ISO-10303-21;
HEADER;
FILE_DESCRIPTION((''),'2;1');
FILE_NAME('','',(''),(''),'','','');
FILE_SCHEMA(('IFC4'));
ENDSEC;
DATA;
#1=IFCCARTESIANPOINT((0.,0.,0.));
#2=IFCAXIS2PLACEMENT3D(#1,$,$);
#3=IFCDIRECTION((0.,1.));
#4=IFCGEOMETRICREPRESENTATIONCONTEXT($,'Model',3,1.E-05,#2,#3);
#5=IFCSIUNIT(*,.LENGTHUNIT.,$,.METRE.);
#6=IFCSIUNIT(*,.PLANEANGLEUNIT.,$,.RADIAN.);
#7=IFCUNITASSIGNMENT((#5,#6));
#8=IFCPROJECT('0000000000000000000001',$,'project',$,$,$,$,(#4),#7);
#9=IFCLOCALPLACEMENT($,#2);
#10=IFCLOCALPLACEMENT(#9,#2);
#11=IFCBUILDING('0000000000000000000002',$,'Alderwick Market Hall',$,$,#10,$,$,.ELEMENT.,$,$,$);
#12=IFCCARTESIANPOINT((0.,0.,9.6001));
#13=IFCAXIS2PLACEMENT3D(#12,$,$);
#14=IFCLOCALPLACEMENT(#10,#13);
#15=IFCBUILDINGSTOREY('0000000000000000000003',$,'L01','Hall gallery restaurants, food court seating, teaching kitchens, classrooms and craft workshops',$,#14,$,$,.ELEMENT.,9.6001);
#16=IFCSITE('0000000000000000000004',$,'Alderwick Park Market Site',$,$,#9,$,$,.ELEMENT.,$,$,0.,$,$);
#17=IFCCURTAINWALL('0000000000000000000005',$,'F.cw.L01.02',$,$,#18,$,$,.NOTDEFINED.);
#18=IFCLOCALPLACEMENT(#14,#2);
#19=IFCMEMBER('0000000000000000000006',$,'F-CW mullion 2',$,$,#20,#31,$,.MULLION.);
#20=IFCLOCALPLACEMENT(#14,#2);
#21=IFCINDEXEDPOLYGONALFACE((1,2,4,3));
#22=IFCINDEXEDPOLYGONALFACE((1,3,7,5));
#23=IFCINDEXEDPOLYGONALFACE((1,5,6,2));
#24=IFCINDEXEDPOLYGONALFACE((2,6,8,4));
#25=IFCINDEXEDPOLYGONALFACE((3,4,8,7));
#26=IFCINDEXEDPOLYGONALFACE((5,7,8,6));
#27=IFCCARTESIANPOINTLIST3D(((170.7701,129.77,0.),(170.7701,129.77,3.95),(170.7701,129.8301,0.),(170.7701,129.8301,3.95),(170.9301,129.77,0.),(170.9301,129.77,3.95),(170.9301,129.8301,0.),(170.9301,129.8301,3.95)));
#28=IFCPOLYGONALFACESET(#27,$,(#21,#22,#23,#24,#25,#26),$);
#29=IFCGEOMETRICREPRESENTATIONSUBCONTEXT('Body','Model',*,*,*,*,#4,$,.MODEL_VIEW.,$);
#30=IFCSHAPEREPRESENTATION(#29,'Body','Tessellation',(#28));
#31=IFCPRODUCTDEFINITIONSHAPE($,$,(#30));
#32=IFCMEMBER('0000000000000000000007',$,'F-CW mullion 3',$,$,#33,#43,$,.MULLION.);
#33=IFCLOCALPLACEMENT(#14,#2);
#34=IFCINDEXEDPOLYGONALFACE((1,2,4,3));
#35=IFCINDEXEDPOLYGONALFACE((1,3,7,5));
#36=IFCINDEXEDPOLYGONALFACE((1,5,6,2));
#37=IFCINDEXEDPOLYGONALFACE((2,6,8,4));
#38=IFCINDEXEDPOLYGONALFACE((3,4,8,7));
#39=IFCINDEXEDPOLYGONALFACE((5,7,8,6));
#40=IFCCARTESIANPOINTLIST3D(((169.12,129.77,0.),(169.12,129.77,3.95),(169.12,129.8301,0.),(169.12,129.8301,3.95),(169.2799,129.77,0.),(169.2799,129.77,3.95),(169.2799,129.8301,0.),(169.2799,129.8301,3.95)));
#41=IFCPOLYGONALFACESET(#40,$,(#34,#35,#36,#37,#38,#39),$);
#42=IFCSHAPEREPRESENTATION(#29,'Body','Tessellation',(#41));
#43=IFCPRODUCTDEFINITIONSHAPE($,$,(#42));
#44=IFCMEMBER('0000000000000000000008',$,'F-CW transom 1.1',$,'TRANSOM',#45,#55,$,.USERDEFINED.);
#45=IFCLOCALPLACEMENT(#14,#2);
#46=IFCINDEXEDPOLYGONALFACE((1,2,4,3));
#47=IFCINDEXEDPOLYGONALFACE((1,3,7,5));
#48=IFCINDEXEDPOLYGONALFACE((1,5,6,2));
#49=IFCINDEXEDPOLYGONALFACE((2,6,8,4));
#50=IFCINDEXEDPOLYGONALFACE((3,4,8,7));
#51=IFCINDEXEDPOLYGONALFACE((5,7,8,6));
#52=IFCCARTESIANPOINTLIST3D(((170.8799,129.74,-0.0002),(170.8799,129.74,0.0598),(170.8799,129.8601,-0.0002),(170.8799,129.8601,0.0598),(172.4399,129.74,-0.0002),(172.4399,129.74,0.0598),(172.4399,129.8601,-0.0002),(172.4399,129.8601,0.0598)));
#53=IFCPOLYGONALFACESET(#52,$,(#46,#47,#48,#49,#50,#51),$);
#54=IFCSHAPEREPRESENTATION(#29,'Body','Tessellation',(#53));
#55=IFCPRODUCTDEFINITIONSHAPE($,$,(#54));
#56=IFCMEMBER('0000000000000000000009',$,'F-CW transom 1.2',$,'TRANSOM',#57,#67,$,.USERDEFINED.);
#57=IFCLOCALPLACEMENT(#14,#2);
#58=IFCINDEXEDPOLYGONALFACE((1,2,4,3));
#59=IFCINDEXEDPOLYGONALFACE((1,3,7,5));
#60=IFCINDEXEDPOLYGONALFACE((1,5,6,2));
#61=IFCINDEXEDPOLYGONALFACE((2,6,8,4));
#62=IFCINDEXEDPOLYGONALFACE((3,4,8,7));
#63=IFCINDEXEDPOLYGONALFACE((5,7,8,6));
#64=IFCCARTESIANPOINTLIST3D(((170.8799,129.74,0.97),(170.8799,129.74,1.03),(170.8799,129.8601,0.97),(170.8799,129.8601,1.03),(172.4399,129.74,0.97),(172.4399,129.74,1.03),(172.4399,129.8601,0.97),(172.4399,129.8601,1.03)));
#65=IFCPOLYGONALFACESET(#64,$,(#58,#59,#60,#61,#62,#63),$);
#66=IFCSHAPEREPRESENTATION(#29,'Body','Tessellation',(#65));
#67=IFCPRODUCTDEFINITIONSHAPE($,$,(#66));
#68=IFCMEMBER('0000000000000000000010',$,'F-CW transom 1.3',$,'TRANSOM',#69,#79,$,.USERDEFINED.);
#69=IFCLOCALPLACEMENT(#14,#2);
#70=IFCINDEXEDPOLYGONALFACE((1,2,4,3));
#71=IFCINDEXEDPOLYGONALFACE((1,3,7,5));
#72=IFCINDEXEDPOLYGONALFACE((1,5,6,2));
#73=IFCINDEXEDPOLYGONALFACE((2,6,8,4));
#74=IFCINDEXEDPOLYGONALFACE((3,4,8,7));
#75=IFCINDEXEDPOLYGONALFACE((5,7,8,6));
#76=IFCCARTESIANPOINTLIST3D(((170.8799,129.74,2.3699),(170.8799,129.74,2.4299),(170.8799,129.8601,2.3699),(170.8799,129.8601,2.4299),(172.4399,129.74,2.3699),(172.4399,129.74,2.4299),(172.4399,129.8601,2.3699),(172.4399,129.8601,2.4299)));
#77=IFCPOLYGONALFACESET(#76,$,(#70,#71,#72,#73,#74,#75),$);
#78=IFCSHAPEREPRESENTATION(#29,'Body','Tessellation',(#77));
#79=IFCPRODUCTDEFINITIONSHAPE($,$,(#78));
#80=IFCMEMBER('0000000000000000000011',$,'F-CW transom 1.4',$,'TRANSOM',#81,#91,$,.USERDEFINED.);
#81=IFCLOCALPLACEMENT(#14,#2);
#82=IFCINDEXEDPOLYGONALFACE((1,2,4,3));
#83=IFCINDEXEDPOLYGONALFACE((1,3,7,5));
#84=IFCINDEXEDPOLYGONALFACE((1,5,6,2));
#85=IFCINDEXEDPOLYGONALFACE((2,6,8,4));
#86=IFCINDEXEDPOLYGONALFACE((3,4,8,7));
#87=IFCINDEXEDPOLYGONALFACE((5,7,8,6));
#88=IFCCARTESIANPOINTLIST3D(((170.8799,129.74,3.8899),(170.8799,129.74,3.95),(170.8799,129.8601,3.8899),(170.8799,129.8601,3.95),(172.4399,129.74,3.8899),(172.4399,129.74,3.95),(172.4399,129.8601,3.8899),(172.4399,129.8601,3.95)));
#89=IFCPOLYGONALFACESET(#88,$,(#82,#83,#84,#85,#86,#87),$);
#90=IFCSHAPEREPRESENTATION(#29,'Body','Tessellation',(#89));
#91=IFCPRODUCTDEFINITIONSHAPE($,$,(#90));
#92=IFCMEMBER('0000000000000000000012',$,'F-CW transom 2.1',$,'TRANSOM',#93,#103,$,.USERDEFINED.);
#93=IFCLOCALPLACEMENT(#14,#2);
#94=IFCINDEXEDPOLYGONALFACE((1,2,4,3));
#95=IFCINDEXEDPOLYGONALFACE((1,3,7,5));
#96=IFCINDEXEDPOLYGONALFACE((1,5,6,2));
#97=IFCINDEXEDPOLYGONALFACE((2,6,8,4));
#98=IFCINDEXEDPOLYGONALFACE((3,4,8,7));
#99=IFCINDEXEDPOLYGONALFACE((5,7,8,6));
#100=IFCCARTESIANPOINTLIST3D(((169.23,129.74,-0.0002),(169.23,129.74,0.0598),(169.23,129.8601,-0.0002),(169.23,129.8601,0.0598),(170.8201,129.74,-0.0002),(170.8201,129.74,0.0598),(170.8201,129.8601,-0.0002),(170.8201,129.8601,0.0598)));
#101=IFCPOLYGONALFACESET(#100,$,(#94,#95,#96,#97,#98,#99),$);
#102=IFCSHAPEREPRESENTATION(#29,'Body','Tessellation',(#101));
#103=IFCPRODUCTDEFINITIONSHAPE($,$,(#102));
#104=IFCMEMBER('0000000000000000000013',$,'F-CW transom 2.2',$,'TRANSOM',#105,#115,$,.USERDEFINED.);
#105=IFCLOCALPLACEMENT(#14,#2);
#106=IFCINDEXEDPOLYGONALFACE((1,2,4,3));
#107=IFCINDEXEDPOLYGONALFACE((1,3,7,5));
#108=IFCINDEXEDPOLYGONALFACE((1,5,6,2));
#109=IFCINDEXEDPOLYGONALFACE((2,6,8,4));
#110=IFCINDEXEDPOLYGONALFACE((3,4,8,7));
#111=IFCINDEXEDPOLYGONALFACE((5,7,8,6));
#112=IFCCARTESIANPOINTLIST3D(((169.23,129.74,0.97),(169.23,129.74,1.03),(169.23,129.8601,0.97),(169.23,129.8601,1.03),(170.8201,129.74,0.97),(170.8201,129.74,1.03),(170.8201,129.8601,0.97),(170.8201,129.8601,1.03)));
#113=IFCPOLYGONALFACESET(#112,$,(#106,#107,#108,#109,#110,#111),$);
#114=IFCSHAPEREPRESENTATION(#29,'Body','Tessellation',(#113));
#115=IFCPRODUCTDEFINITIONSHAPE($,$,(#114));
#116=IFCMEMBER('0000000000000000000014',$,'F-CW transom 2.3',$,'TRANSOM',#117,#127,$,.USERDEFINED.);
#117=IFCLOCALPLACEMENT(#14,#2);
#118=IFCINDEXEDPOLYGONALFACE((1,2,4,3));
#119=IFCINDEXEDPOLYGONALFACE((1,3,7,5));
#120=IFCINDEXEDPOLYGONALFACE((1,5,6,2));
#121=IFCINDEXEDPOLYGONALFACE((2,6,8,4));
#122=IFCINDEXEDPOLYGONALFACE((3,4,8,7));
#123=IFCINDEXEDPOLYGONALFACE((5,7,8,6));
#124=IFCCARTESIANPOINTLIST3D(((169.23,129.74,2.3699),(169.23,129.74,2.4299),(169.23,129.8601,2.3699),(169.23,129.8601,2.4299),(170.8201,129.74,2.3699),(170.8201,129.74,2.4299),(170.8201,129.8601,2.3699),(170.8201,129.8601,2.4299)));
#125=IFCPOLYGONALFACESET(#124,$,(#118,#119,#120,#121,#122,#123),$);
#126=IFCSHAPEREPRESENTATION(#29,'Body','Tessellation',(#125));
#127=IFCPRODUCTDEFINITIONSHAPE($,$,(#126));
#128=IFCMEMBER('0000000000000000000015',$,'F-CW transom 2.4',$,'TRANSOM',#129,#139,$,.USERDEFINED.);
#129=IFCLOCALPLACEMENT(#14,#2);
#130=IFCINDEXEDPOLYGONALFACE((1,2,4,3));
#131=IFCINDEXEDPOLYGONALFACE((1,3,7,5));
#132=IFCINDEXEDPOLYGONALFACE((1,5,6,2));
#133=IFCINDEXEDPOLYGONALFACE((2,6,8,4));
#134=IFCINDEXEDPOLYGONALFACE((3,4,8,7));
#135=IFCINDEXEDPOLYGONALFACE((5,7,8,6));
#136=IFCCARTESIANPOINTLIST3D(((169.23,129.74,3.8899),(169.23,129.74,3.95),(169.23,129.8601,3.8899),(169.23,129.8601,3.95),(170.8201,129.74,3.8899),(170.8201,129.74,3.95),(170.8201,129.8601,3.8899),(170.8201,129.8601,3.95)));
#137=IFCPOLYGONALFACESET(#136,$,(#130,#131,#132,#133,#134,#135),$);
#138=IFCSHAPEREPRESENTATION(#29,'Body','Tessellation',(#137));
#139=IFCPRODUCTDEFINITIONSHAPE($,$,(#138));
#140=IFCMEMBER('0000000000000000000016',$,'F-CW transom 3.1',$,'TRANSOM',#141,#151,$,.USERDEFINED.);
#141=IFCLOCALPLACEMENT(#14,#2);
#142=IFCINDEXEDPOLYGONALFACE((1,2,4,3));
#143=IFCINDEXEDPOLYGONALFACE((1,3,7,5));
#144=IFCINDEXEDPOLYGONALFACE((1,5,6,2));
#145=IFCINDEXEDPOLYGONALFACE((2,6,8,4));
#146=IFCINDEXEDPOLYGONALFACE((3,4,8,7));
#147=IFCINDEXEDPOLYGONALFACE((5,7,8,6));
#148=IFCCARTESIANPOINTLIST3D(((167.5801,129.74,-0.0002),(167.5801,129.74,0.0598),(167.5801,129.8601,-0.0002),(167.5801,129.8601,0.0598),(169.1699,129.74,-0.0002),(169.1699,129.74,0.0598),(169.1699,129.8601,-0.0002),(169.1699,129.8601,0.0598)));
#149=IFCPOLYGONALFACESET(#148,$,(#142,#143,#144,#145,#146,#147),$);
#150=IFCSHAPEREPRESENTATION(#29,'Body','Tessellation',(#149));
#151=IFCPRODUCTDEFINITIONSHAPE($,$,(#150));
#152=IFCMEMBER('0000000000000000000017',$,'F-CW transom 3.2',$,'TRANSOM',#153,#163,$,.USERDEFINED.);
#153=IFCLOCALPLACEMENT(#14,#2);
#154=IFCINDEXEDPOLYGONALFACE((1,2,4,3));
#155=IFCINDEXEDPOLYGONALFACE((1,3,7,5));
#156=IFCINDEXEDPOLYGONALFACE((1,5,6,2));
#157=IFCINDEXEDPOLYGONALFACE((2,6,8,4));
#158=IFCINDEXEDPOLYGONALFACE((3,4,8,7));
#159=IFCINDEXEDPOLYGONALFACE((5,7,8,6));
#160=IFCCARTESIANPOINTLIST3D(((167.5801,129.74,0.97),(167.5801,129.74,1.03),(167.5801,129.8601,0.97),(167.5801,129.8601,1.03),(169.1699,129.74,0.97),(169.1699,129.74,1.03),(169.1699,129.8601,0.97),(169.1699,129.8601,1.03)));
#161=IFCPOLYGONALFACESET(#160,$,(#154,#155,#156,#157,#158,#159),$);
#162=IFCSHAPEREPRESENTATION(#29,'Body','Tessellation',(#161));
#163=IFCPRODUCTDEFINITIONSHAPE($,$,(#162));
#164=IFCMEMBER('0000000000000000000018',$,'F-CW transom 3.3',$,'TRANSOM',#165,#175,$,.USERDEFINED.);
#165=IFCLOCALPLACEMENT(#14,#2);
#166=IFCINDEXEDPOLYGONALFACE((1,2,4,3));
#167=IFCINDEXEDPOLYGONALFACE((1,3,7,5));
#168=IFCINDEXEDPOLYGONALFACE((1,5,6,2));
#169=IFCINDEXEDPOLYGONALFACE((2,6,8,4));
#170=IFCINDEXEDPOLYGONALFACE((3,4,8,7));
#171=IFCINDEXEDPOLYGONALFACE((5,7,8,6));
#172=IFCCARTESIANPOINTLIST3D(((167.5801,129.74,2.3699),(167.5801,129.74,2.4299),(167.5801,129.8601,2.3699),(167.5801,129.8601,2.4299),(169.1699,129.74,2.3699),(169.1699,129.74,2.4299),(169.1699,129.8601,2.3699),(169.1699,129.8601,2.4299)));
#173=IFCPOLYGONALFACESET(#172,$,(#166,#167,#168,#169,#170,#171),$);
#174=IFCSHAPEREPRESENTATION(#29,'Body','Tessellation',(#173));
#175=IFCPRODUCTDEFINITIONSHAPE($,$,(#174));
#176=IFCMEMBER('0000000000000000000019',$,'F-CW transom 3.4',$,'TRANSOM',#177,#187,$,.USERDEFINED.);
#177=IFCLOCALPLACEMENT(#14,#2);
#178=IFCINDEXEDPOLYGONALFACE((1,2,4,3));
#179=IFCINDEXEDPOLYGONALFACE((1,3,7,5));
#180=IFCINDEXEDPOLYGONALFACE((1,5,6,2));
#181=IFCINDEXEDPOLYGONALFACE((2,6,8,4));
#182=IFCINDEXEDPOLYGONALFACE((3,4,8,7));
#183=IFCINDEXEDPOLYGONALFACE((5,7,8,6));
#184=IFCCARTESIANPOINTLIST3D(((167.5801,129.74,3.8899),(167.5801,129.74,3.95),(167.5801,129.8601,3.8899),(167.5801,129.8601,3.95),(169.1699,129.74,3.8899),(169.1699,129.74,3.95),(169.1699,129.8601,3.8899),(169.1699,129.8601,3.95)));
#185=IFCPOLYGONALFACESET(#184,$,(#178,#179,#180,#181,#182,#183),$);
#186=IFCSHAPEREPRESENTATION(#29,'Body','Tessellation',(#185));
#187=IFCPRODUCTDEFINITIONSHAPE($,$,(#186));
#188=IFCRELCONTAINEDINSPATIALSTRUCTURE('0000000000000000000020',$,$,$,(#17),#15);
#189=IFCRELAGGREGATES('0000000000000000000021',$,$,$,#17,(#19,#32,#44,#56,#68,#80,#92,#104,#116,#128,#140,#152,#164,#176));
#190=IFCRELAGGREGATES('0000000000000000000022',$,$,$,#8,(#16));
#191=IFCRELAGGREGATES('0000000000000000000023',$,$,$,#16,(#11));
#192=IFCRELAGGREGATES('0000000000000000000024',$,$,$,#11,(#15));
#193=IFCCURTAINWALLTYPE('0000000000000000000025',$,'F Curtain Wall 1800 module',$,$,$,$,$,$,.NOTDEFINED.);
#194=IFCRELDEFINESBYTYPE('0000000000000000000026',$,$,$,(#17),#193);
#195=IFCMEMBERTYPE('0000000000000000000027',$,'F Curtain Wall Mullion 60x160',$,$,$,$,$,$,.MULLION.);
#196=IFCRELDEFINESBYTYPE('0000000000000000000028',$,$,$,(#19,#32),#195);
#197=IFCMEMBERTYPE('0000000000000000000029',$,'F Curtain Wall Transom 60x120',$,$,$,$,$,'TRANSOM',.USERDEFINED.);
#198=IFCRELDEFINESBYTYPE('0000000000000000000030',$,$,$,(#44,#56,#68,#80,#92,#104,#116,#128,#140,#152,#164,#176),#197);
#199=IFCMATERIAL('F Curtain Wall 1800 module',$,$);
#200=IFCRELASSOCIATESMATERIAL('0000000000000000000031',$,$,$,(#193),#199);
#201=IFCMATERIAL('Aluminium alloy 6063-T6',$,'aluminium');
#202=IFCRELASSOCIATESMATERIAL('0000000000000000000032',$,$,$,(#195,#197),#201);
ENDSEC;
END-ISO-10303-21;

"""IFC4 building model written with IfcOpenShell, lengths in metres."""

from ifc_helpers import new_model, si_unit, direction, frame, origin, origin_2d, place, context, subcontext, project, spatial, rectangle, extrude, material, material_profile, profile_set, type_object, element, aggregate, save


model = new_model("IFC4")

# Units and contexts
model_context = context("Model", 3, precision=1e-05, world=origin(), true_north=direction((0.0, 1.0)))
body_context = subcontext(model_context, "Body", "Model", "MODEL_VIEW")
ifc_project = project(units=[si_unit("LENGTHUNIT", "METRE"), si_unit("PLANEANGLEUNIT", "RADIAN")], contexts=[model_context])

# Site, building, storey
site_placement = place(None, origin())
site = spatial("IfcSite", under=ifc_project, at=site_placement, Name="Alderwick Park Market Site", CompositionType="ELEMENT", RefElevation=0.0)
building_placement = place(site_placement, origin())
building = spatial("IfcBuilding", under=site, at=building_placement, Name="Alderwick Market Hall", CompositionType="ELEMENT")
storey_placement = place(building_placement, frame((0.0, 0.0, 9.6001)))
storey = spatial("IfcBuildingStorey", under=building, at=storey_placement, Name="L01", Description="Hall gallery restaurants, food court seating, teaching kitchens, classrooms and craft workshops", CompositionType="ELEMENT", Elevation=9.6001)

# Curtain wall, members
ifc_material_1 = material(Name="F Curtain Wall 1800 module")
curtain_wall_type = type_object("IfcCurtainWallType", Name="F Curtain Wall 1800 module", PredefinedType="NOTDEFINED", material=ifc_material_1)
curtain_wall_placement = place(storey_placement, origin())
curtain_wall = element("IfcCurtainWall", 1, at=curtain_wall_placement, inside=storey, type_object=curtain_wall_type, Name="F.cw.L01.02", PredefinedType="NOTDEFINED")
ifc_material_2 = material(Name="Aluminium alloy 6063-T6", Category="aluminium")
ifc_material_profile_1 = material_profile(ifc_material_2, rectangle(XDim=0.0601, YDim=0.1599, at=origin_2d()), Name="AL 60x160")
ifc_profile_set_1 = profile_set([ifc_material_profile_1], Name="Aluminium alloy 6063-T6")
member_type_1 = type_object("IfcMemberType", Name="F Curtain Wall Mullion 60x160", PredefinedType="MULLION", material=ifc_profile_set_1)
member_1_placement = place(storey_placement, frame((170.8501, 129.8, 0.0), z_axis=(0.0, 0.0, 1.0), x_axis=(0.0, -1.0, 0.0)))
member_1 = element("IfcMember", 2, at=member_1_placement, type_object=member_type_1, Name="F-CW mullion 2", PredefinedType="MULLION", context=body_context, shape_type="SweptSolid", body=[
    extrude(rectangle(XDim=0.0601, YDim=0.1599, at=origin_2d()), origin(), (0.0, 0.0, 1.0), 3.95),
])
member_2_placement = place(storey_placement, frame((169.2, 129.8, 0.0), z_axis=(0.0, 0.0, 1.0), x_axis=(0.0, -1.0, 0.0)))
member_2 = element("IfcMember", 3, at=member_2_placement, type_object=member_type_1, Name="F-CW mullion 3", PredefinedType="MULLION", context=body_context, shape_type="SweptSolid", body=[
    extrude(rectangle(XDim=0.0601, YDim=0.1599, at=origin_2d()), origin(), (0.0, 0.0, 1.0), 3.95),
])
ifc_material_profile_2 = material_profile(ifc_material_2, rectangle(XDim=0.1201, YDim=0.0601, at=origin_2d()), Name="AL 60x120")
ifc_profile_set_2 = profile_set([ifc_material_profile_2], Name="Aluminium alloy 6063-T6")
member_type_2 = type_object("IfcMemberType", Name="F Curtain Wall Transom 60x120", ElementType="TRANSOM", PredefinedType="USERDEFINED", material=ifc_profile_set_2)
member_3_placement = place(storey_placement, frame((172.4399, 129.8, 0.0298), z_axis=(-1.0, 0.0, 0.0), x_axis=(0.0, -1.0, 0.0)))
member_3 = element("IfcMember", 4, at=member_3_placement, type_object=member_type_2, Name="F-CW transom 1.1", ObjectType="TRANSOM", PredefinedType="USERDEFINED", context=body_context, shape_type="SweptSolid", body=[
    extrude(rectangle(XDim=0.1201, YDim=0.0601, at=origin_2d()), origin(), (0.0, 0.0, 1.0), 1.5601),
])
member_4_placement = place(storey_placement, frame((172.4399, 129.8, 1.0), z_axis=(-1.0, 0.0, 0.0), x_axis=(0.0, -1.0, 0.0)))
member_4 = element("IfcMember", 5, at=member_4_placement, type_object=member_type_2, Name="F-CW transom 1.2", ObjectType="TRANSOM", PredefinedType="USERDEFINED", context=body_context, shape_type="SweptSolid", body=[
    extrude(rectangle(XDim=0.1201, YDim=0.0601, at=origin_2d()), origin(), (0.0, 0.0, 1.0), 1.5601),
])
member_5_placement = place(storey_placement, frame((172.4399, 129.8, 2.3999), z_axis=(-1.0, 0.0, 0.0), x_axis=(0.0, -1.0, 0.0)))
member_5 = element("IfcMember", 6, at=member_5_placement, type_object=member_type_2, Name="F-CW transom 1.3", ObjectType="TRANSOM", PredefinedType="USERDEFINED", context=body_context, shape_type="SweptSolid", body=[
    extrude(rectangle(XDim=0.1201, YDim=0.0601, at=origin_2d()), origin(), (0.0, 0.0, 1.0), 1.5601),
])
member_6_placement = place(storey_placement, frame((172.4399, 129.8, 3.9199), z_axis=(-1.0, 0.0, 0.0), x_axis=(0.0, -1.0, 0.0)))
member_6 = element("IfcMember", 7, at=member_6_placement, type_object=member_type_2, Name="F-CW transom 1.4", ObjectType="TRANSOM", PredefinedType="USERDEFINED", context=body_context, shape_type="SweptSolid", body=[
    extrude(rectangle(XDim=0.1201, YDim=0.0601, at=origin_2d()), origin(), (0.0, 0.0, 1.0), 1.5601),
])
member_7_placement = place(storey_placement, frame((170.8201, 129.8, 0.0298), z_axis=(-1.0, 0.0, 0.0), x_axis=(0.0, -1.0, 0.0)))
member_7 = element("IfcMember", 8, at=member_7_placement, type_object=member_type_2, Name="F-CW transom 2.1", ObjectType="TRANSOM", PredefinedType="USERDEFINED", context=body_context, shape_type="SweptSolid", body=[
    extrude(rectangle(XDim=0.1201, YDim=0.0601, at=origin_2d()), origin(), (0.0, 0.0, 1.0), 1.5901),
])
member_8_placement = place(storey_placement, frame((170.8201, 129.8, 1.0), z_axis=(-1.0, 0.0, 0.0), x_axis=(0.0, -1.0, 0.0)))
member_8 = element("IfcMember", 9, at=member_8_placement, type_object=member_type_2, Name="F-CW transom 2.2", ObjectType="TRANSOM", PredefinedType="USERDEFINED", context=body_context, shape_type="SweptSolid", body=[
    extrude(rectangle(XDim=0.1201, YDim=0.0601, at=origin_2d()), origin(), (0.0, 0.0, 1.0), 1.5901),
])
member_9_placement = place(storey_placement, frame((170.8201, 129.8, 2.3999), z_axis=(-1.0, 0.0, 0.0), x_axis=(0.0, -1.0, 0.0)))
member_9 = element("IfcMember", 10, at=member_9_placement, type_object=member_type_2, Name="F-CW transom 2.3", ObjectType="TRANSOM", PredefinedType="USERDEFINED", context=body_context, shape_type="SweptSolid", body=[
    extrude(rectangle(XDim=0.1201, YDim=0.0601, at=origin_2d()), origin(), (0.0, 0.0, 1.0), 1.5901),
])
member_10_placement = place(storey_placement, frame((170.8201, 129.8, 3.9199), z_axis=(-1.0, 0.0, 0.0), x_axis=(0.0, -1.0, 0.0)))
member_10 = element("IfcMember", 11, at=member_10_placement, type_object=member_type_2, Name="F-CW transom 2.4", ObjectType="TRANSOM", PredefinedType="USERDEFINED", context=body_context, shape_type="SweptSolid", body=[
    extrude(rectangle(XDim=0.1201, YDim=0.0601, at=origin_2d()), origin(), (0.0, 0.0, 1.0), 1.5901),
])
member_11_placement = place(storey_placement, frame((169.1699, 129.8, 0.0298), z_axis=(-1.0, 0.0, 0.0), x_axis=(0.0, -1.0, 0.0)))
member_11 = element("IfcMember", 12, at=member_11_placement, type_object=member_type_2, Name="F-CW transom 3.1", ObjectType="TRANSOM", PredefinedType="USERDEFINED", context=body_context, shape_type="SweptSolid", body=[
    extrude(rectangle(XDim=0.1201, YDim=0.0601, at=origin_2d()), origin(), (0.0, 0.0, 1.0), 1.5898),
])
member_12_placement = place(storey_placement, frame((169.1699, 129.8, 1.0), z_axis=(-1.0, 0.0, 0.0), x_axis=(0.0, -1.0, 0.0)))
member_12 = element("IfcMember", 13, at=member_12_placement, type_object=member_type_2, Name="F-CW transom 3.2", ObjectType="TRANSOM", PredefinedType="USERDEFINED", context=body_context, shape_type="SweptSolid", body=[
    extrude(rectangle(XDim=0.1201, YDim=0.0601, at=origin_2d()), origin(), (0.0, 0.0, 1.0), 1.5898),
])
member_13_placement = place(storey_placement, frame((169.1699, 129.8, 2.3999), z_axis=(-1.0, 0.0, 0.0), x_axis=(0.0, -1.0, 0.0)))
member_13 = element("IfcMember", 14, at=member_13_placement, type_object=member_type_2, Name="F-CW transom 3.3", ObjectType="TRANSOM", PredefinedType="USERDEFINED", context=body_context, shape_type="SweptSolid", body=[
    extrude(rectangle(XDim=0.1201, YDim=0.0601, at=origin_2d()), origin(), (0.0, 0.0, 1.0), 1.5898),
])
member_14_placement = place(storey_placement, frame((169.1699, 129.8, 3.9199), z_axis=(-1.0, 0.0, 0.0), x_axis=(0.0, -1.0, 0.0)))
member_14 = element("IfcMember", 15, at=member_14_placement, type_object=member_type_2, Name="F-CW transom 3.4", ObjectType="TRANSOM", PredefinedType="USERDEFINED", context=body_context, shape_type="SweptSolid", body=[
    extrude(rectangle(XDim=0.1201, YDim=0.0601, at=origin_2d()), origin(), (0.0, 0.0, 1.0), 1.5898),
])
aggregate(curtain_wall, [member_1, member_2, member_3, member_4, member_5, member_6, member_7, member_8, member_9, member_10, member_11, member_12, member_13, member_14])

save(model, "model.ifc")
